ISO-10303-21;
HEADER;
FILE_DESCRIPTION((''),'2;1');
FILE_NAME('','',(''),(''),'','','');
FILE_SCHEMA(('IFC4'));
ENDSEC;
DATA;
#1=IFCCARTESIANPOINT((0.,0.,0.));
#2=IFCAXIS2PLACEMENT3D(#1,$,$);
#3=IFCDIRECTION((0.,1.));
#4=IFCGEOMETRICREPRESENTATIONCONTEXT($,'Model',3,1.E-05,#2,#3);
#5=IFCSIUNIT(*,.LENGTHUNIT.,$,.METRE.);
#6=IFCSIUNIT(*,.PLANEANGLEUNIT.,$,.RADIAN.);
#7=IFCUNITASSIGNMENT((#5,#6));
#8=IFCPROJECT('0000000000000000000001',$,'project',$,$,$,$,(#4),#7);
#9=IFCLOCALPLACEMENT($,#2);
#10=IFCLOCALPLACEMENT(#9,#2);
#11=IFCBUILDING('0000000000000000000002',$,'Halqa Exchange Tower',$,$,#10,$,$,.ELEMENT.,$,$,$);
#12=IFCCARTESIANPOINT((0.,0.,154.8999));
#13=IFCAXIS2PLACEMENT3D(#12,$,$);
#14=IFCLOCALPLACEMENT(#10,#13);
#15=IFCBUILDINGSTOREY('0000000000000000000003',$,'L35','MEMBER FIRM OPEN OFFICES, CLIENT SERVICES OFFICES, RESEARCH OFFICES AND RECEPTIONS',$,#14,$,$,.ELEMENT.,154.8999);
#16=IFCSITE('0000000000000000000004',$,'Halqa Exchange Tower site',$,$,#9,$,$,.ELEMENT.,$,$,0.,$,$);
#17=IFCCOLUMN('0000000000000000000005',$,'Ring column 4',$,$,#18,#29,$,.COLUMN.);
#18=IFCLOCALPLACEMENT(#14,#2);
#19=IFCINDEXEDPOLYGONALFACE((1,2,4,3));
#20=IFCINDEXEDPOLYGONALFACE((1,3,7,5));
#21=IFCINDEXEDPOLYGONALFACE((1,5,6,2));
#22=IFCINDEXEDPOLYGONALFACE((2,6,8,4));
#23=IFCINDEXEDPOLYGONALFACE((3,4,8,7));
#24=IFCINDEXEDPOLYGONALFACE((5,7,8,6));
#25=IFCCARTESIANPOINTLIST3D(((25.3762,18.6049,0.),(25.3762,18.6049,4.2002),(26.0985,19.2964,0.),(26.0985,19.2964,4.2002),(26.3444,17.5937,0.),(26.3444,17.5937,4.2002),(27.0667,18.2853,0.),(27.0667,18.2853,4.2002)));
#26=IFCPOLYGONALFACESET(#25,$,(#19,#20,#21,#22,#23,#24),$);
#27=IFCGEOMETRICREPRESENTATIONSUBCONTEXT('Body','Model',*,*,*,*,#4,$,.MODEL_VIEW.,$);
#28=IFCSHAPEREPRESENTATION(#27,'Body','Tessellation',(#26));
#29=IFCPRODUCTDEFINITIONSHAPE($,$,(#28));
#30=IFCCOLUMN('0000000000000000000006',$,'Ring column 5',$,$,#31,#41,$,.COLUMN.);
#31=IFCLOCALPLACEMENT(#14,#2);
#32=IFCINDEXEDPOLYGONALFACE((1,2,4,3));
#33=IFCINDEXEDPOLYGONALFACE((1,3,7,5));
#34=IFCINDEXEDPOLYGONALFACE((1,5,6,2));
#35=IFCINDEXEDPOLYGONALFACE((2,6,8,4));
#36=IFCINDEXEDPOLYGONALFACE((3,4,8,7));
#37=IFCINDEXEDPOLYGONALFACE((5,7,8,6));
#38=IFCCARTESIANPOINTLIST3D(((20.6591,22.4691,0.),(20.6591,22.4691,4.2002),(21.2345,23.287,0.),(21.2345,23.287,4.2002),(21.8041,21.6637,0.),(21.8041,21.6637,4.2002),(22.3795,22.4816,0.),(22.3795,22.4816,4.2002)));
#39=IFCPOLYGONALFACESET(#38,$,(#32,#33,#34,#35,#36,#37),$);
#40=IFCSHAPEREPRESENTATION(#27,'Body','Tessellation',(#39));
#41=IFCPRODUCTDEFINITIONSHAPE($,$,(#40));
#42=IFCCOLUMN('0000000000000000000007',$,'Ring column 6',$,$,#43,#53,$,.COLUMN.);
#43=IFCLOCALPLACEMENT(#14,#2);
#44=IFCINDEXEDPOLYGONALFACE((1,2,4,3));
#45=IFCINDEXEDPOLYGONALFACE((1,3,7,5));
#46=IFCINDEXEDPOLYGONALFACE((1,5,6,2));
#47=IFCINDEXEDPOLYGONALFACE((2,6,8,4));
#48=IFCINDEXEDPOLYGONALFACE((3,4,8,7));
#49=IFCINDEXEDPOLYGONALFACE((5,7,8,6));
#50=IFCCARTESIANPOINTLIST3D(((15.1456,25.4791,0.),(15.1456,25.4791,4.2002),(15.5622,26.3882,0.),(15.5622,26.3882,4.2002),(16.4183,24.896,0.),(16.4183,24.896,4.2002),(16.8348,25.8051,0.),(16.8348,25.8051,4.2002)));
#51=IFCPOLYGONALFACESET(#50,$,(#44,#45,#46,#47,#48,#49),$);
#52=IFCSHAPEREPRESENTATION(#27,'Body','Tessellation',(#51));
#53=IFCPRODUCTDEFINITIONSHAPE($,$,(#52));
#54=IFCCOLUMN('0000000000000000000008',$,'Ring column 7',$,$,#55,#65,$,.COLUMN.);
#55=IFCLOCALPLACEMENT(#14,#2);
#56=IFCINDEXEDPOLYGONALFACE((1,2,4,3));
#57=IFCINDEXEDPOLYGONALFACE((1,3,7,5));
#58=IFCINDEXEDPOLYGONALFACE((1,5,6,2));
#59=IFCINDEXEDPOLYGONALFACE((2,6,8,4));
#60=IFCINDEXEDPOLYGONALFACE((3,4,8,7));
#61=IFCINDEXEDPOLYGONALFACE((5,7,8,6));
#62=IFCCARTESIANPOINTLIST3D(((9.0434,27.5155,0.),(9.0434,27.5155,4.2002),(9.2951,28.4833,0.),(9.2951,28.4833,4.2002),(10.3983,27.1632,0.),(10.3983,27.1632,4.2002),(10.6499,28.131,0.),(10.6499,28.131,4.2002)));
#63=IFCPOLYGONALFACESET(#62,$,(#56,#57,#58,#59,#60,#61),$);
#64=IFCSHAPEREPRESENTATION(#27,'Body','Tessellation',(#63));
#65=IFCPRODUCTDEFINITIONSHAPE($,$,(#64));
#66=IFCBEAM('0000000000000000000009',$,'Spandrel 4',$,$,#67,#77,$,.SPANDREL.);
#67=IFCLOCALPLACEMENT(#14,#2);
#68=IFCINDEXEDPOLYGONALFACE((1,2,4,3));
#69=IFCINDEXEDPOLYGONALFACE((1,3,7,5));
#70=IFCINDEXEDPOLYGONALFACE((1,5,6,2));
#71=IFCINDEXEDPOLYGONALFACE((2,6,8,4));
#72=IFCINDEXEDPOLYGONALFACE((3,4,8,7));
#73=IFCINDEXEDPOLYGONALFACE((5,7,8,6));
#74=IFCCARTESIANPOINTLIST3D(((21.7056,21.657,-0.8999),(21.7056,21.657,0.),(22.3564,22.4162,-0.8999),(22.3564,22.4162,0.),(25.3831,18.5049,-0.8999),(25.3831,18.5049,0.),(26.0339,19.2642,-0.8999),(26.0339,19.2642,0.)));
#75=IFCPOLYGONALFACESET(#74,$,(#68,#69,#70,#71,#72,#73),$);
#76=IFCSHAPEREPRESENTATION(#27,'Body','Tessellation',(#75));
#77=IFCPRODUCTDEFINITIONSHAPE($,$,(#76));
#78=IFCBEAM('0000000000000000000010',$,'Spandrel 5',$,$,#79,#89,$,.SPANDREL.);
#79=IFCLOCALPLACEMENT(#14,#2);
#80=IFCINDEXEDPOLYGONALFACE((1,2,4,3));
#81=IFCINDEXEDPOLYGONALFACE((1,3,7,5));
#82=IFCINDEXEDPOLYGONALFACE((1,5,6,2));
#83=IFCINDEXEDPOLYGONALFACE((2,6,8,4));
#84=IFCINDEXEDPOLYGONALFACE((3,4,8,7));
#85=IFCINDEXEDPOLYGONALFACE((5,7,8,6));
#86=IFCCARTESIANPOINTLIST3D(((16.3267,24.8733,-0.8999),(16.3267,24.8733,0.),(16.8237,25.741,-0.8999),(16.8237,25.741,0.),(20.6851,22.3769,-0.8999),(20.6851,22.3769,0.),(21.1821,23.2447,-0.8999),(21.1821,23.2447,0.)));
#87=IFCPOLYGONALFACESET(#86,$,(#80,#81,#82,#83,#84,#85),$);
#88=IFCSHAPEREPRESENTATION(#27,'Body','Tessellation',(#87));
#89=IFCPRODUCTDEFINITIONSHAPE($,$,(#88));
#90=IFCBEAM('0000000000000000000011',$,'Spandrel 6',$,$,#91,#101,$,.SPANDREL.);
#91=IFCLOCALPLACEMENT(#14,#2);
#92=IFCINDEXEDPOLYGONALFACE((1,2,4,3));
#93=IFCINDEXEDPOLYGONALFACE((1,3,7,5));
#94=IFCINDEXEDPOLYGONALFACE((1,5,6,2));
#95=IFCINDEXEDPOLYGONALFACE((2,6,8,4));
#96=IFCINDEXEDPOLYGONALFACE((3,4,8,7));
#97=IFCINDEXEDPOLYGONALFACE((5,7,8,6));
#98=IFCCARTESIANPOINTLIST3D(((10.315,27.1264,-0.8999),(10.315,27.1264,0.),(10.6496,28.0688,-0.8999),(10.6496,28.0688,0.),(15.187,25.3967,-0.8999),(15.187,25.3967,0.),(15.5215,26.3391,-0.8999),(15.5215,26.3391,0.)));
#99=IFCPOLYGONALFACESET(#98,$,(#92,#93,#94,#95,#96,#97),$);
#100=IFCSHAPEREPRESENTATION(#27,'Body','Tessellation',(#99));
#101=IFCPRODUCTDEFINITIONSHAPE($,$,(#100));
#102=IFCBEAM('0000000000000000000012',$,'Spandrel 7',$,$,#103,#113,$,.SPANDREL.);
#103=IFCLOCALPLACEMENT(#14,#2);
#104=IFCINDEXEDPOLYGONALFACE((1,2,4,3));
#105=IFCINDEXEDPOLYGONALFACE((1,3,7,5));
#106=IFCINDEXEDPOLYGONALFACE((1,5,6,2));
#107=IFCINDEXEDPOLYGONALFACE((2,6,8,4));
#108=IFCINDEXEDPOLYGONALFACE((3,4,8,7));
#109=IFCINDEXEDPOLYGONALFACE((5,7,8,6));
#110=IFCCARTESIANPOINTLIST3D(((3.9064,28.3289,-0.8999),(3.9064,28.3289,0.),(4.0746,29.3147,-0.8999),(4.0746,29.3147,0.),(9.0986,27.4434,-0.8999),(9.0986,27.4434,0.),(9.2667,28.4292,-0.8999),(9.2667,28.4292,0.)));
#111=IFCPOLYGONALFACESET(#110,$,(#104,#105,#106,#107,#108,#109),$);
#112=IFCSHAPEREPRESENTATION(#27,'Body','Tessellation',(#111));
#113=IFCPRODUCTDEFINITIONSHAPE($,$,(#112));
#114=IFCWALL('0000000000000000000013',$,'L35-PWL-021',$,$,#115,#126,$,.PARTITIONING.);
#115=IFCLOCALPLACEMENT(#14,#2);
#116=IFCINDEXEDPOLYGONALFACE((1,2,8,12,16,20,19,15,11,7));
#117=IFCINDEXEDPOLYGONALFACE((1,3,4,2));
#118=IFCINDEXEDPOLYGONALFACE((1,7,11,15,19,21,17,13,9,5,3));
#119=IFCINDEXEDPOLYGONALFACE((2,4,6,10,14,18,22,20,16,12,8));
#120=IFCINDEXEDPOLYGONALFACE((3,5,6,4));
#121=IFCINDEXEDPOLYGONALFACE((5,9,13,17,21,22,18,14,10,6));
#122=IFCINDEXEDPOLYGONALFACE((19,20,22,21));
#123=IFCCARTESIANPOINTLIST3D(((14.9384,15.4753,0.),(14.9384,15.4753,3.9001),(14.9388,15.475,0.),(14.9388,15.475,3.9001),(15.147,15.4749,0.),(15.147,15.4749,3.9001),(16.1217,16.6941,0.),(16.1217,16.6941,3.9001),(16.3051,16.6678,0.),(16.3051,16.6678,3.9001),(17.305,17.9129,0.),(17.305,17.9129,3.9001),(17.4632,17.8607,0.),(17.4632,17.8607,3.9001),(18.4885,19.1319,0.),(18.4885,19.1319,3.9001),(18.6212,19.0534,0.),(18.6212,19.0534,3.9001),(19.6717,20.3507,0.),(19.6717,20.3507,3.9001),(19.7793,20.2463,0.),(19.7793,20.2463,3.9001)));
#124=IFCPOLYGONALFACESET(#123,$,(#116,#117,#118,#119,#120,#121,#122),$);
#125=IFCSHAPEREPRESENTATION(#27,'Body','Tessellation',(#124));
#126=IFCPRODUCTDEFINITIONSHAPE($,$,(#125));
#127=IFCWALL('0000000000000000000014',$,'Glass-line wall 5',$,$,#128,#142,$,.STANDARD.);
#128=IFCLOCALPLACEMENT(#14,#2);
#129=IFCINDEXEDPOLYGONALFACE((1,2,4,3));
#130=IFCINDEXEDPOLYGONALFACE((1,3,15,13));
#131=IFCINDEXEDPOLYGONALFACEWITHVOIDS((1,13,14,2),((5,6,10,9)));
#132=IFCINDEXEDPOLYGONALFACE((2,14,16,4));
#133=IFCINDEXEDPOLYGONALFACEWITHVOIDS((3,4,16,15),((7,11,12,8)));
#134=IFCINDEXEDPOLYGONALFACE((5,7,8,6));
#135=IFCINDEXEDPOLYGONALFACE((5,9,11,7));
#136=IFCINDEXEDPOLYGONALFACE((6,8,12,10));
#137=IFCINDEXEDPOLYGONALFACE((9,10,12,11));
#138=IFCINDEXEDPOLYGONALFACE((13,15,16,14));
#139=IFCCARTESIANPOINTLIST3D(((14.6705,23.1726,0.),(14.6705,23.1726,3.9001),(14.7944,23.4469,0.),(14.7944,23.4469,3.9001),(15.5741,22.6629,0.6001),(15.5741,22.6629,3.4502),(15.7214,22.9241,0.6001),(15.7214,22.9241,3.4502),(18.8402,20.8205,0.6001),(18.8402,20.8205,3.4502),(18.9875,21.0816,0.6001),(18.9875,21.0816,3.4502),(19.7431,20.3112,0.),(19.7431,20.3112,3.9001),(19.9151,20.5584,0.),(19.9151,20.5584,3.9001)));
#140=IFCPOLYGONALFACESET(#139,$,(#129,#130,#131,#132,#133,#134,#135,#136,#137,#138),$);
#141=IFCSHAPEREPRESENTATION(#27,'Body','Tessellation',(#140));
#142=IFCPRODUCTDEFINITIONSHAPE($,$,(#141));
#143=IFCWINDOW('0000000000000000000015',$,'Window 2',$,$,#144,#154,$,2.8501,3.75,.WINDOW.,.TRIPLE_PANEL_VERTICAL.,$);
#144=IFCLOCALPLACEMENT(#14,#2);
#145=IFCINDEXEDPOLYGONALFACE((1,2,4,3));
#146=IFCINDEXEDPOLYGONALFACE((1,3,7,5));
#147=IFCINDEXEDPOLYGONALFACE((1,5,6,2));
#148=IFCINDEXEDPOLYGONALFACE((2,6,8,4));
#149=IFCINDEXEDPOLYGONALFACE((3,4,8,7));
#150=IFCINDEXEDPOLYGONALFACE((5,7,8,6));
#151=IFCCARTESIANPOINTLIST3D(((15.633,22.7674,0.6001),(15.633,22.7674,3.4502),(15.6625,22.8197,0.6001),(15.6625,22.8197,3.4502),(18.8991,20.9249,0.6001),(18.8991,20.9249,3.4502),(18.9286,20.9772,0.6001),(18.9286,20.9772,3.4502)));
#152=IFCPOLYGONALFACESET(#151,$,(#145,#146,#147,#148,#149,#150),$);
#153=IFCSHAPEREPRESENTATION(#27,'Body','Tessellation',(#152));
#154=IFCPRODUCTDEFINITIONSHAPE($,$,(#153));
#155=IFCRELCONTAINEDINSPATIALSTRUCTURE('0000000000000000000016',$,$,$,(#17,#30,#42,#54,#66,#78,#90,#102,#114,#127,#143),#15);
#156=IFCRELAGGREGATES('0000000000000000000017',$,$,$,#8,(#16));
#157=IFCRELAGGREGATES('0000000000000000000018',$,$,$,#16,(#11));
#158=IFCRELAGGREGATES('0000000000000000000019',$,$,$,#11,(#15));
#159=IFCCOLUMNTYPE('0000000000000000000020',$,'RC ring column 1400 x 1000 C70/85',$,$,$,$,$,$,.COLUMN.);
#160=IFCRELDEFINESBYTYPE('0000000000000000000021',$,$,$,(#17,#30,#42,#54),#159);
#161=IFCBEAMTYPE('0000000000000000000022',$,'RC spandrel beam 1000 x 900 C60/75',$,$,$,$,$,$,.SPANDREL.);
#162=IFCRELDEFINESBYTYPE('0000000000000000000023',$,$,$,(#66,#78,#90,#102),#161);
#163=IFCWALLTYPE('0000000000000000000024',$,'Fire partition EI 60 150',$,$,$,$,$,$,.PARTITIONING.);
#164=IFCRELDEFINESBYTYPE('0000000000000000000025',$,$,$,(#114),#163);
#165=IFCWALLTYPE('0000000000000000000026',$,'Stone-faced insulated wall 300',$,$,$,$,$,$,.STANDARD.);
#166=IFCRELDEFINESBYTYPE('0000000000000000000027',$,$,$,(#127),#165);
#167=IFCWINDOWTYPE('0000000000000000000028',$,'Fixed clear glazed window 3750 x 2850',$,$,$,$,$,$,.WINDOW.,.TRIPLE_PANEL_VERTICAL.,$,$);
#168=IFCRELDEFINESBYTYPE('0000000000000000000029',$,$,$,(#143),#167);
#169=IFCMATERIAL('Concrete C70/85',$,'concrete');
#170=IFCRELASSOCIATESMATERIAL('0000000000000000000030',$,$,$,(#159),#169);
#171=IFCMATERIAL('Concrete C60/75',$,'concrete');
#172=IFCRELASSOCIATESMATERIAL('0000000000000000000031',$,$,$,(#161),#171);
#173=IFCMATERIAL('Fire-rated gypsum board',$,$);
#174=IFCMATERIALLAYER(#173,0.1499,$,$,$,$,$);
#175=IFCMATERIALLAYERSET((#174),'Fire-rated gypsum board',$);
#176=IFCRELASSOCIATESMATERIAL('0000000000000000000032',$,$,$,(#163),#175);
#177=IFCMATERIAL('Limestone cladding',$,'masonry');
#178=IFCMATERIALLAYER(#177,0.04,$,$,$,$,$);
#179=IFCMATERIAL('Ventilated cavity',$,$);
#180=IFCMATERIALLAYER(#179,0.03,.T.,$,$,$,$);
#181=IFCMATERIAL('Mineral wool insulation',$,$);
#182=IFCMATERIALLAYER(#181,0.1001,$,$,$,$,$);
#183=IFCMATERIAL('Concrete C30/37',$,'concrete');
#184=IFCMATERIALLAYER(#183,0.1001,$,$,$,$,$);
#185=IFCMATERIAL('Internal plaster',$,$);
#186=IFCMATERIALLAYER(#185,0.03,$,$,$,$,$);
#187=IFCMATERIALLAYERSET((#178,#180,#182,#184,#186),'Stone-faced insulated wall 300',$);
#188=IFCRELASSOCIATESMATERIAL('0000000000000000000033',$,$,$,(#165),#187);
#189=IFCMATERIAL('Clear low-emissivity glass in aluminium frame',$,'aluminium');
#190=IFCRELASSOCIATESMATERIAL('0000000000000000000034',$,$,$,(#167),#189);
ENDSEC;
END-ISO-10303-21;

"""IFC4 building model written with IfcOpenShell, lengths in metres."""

from ifc_helpers import new_model, si_unit, direction, frame, frame_2d, origin, origin_2d, place, context, subcontext, project, spatial, polyline, rectangle, outline, extrude, material, layer, layer_set, material_profile, profile_set, type_object, element, fill, save


model = new_model("IFC4")

# Units and contexts
model_context = context("Model", 3, precision=1e-05, world=origin(), true_north=direction((0.0, 1.0)))
body_context = subcontext(model_context, "Body", "Model", "MODEL_VIEW")
ifc_project = project(units=[si_unit("LENGTHUNIT", "METRE"), si_unit("PLANEANGLEUNIT", "RADIAN")], contexts=[model_context])

# Site, building, storey
site_placement = place(None, origin())
site = spatial("IfcSite", under=ifc_project, at=site_placement, Name="Halqa Exchange Tower site", CompositionType="ELEMENT", RefElevation=0.0)
building_placement = place(site_placement, origin())
building = spatial("IfcBuilding", under=site, at=building_placement, Name="Halqa Exchange Tower", CompositionType="ELEMENT")
storey_placement = place(building_placement, frame((0.0, 0.0, 154.8999)))
storey = spatial("IfcBuildingStorey", under=building, at=storey_placement, Name="L35", Description="MEMBER FIRM OPEN OFFICES, CLIENT SERVICES OFFICES, RESEARCH OFFICES AND RECEPTIONS", CompositionType="ELEMENT", Elevation=154.8999)

# Columns
ifc_material_1 = material(Name="Concrete C70/85", Category="concrete")
ifc_material_profile_1 = material_profile(ifc_material_1, rectangle(XDim=1.3999, YDim=1.0, at=origin_2d()), Name="1400 x 1000")
ifc_profile_set_1 = profile_set([ifc_material_profile_1], Name="Concrete C70/85")
column_type = type_object("IfcColumnType", Name="RC ring column 1400 x 1000 C70/85", PredefinedType="COLUMN", material=ifc_profile_set_1)
for number, where, z_axis, x_axis, name in (
    (1, (26.2214, 18.4451, 0.0), (0.0, 0.0, 1.0), (-0.691579, 0.722301, 0.0), "Ring column 4"),
    (2, (21.5193, 22.4753, 0.0), (0.0, 0.0, 1.0), (-0.817911, 0.575345, 0.0), "Ring column 5"),
    (3, (15.9902, 25.6421, 0.0), (0.0, 0.0, 1.0), (-0.909126, 0.41652, 0.0), "Ring column 6"),
    (4, (9.8467, 27.8232, 0.0), (0.0, 0.0, 1.0), (-0.96782, 0.251645, 0.0), "Ring column 7"),
):
    element("IfcColumn", number, at=place(storey_placement, frame(where, z_axis=z_axis, x_axis=x_axis)), inside=storey, type_object=column_type, Name=name, PredefinedType="COLUMN", context=body_context, shape_type="SweptSolid", body=[
        extrude(rectangle(XDim=1.3999, YDim=1.0, at=origin_2d()), origin(), (0.0, 0.0, 1.0), 4.2002),
    ])

# Beams
ifc_material_2 = material(Name="Concrete C60/75", Category="concrete")
ifc_material_profile_2 = material_profile(ifc_material_2, rectangle(XDim=1.0, YDim=0.8999, at=origin_2d()), Name="1000 x 900")
ifc_profile_set_2 = profile_set([ifc_material_profile_2], Name="Concrete C60/75")
beam_type = type_object("IfcBeamType", Name="RC spandrel beam 1000 x 900 C60/75", PredefinedType="SPANDREL", material=ifc_profile_set_2)
beam_1_placement = place(storey_placement, frame((25.7085, 18.8845, -0.45), z_axis=(-0.75926, 0.650787, 0.0), x_axis=(-0.650787, -0.75926, 0.0)))
element("IfcBeam", 5, at=beam_1_placement, inside=storey, type_object=beam_type, Name="Spandrel 4", PredefinedType="SPANDREL", context=body_context, shape_type="SweptSolid", body=[
    extrude(rectangle(XDim=1.0, YDim=0.8999, at=origin_2d()), origin(), (0.0, 0.0, 1.0), 4.8435),
])
beam_2_placement = place(storey_placement, frame((20.9336, 22.8108, -0.45), z_axis=(-0.867743, 0.497013, 0.0), x_axis=(-0.497013, -0.867743, 0.0)))
element("IfcBeam", 6, at=beam_2_placement, inside=storey, type_object=beam_type, Name="Spandrel 5", PredefinedType="SPANDREL", context=body_context, shape_type="SweptSolid", body=[
    extrude(rectangle(XDim=1.0, YDim=0.8999, at=origin_2d()), origin(), (0.0, 0.0, 1.0), 5.0227),
])
beam_3_placement = place(storey_placement, frame((15.3542, 25.8679, -0.45), z_axis=(-0.942371, 0.334571, 0.0), x_axis=(-0.334571, -0.942371, 0.0)))
element("IfcBeam", 7, at=beam_3_placement, inside=storey, type_object=beam_type, Name="Spandrel 6", PredefinedType="SPANDREL", context=body_context, shape_type="SweptSolid", body=[
    extrude(rectangle(XDim=1.0, YDim=0.8999, at=origin_2d()), origin(), (0.0, 0.0, 1.0), 5.1699),
])
beam_4_placement = place(storey_placement, frame((9.1826, 27.9363, -0.45), z_axis=(-0.985767, 0.168119, 0.0), x_axis=(-0.168119, -0.985767, 0.0)))
element("IfcBeam", 8, at=beam_4_placement, inside=storey, type_object=beam_type, Name="Spandrel 7", PredefinedType="SPANDREL", context=body_context, shape_type="SweptSolid", body=[
    extrude(rectangle(XDim=1.0, YDim=0.8999, at=origin_2d()), origin(), (0.0, 0.0, 1.0), 5.2671),
])

# Wall
ifc_material_3 = material(Name="Fire-rated gypsum board")
ifc_layer_1 = layer(ifc_material_3, 0.1499)
ifc_layer_set_1 = layer_set([ifc_layer_1], Name="Fire-rated gypsum board")
wall_type_1 = type_object("IfcWallType", Name="Fire partition EI 60 150", PredefinedType="PARTITIONING", material=ifc_layer_set_1)
wall_1_placement = place(storey_placement, frame((14.9922, 15.4231, 0.0), z_axis=(0.0, 0.0, 1.0), x_axis=(0.696574, 0.717485, 0.0)))
element("IfcWall", 9, at=wall_1_placement, inside=storey, type_object=wall_type_1, Name="L35-PWL-021", PredefinedType="PARTITIONING", context=body_context, shape_type="SweptSolid", body=[
    extrude(outline(polyline([(0.0, 0.075), (0.0, 0.0745), (0.145, -0.075), (1.8076, -0.075), (3.4702, -0.075), (5.1326, -0.075), (6.7952, -0.075), (6.7952, 0.075), (5.0964, 0.075), (3.3975, 0.075), (1.6987, 0.075), (0.0, 0.075)])), origin(), (0.0, 0.0, 1.0), 3.9001),
])

# Shared definitions
ifc_material_4 = material(Name="Limestone cladding", Category="masonry")
ifc_layer_2 = layer(ifc_material_4, 0.04)
ifc_material_5 = material(Name="Ventilated cavity")
ifc_layer_3 = layer(ifc_material_5, 0.03, ventilated=True)
ifc_material_6 = material(Name="Mineral wool insulation")
ifc_layer_4 = layer(ifc_material_6, 0.1001)
ifc_material_7 = material(Name="Concrete C30/37", Category="concrete")
ifc_layer_5 = layer(ifc_material_7, 0.1001)
ifc_material_8 = material(Name="Internal plaster")
ifc_layer_6 = layer(ifc_material_8, 0.03)
ifc_layer_set_2 = layer_set([ifc_layer_2, ifc_layer_3, ifc_layer_4, ifc_layer_5, ifc_layer_6], Name="Stone-faced insulated wall 300")
wall_type_2 = type_object("IfcWallType", Name="Stone-faced insulated wall 300", PredefinedType="STANDARD", material=ifc_layer_set_2)
ifc_material_9 = material(Name="Clear low-emissivity glass in aluminium frame", Category="aluminium")

# Wall, opening, window
wall_2_placement = place(storey_placement, frame((19.8291, 20.4348, 0.0), z_axis=(0.0, 0.0, 1.0), x_axis=(-0.870982, 0.491315, 0.0)))
wall_2 = element("IfcWall", 10, at=wall_2_placement, inside=storey, type_object=wall_type_2, Name="Glass-line wall 5", PredefinedType="STANDARD", context=body_context, shape_type="SweptSolid", body=[
    extrude(outline(polyline([(-0.0142, -0.1499), (5.865, -0.1499), (5.8381, 0.1499), (0.0142, 0.1499), (-0.0142, -0.1499)])), origin(), (0.0, 0.0, 1.0), 3.9001),
])
opening_1_placement = place(wall_2_placement, frame((1.0508, 0.0, 0.6001)))
opening_1 = element("IfcOpeningElement", 11, at=opening_1_placement, cuts=wall_2, PredefinedType="OPENING", context=body_context, shape_type="SweptSolid", body=[
    extrude(rectangle(XDim=3.75, YDim=2.8501, at=frame_2d((1.875, 1.425))), frame((0.0, 0.1621, 0.0), z_axis=(0.0, -1.0, 0.0), x_axis=(1.0, 0.0, 0.0)), (0.0, 0.0, 1.0), 0.324),
])
window_type = type_object("IfcWindowType", Name="Fixed clear glazed window 3750 x 2850", PartitioningType="TRIPLE_PANEL_VERTICAL", PredefinedType="WINDOW", material=ifc_material_9)
window_1_placement = place(opening_1_placement, origin())
window_1 = element("IfcWindow", 12, at=window_1_placement, inside=storey, type_object=window_type, Name="Window 2", OverallHeight=2.8501, OverallWidth=3.75, PartitioningType="TRIPLE_PANEL_VERTICAL", PredefinedType="WINDOW", context=body_context, shape_type="SweptSolid", body=[
    extrude(rectangle(XDim=3.75, YDim=2.8501, at=frame_2d((1.875, 1.425))), frame((0.0, 0.03, 0.0), z_axis=(0.0, -1.0, 0.0), x_axis=(1.0, 0.0, 0.0)), (0.0, 0.0, 1.0), 0.0601),
])
fill(opening_1, window_1)

save(model, "model.ifc")
